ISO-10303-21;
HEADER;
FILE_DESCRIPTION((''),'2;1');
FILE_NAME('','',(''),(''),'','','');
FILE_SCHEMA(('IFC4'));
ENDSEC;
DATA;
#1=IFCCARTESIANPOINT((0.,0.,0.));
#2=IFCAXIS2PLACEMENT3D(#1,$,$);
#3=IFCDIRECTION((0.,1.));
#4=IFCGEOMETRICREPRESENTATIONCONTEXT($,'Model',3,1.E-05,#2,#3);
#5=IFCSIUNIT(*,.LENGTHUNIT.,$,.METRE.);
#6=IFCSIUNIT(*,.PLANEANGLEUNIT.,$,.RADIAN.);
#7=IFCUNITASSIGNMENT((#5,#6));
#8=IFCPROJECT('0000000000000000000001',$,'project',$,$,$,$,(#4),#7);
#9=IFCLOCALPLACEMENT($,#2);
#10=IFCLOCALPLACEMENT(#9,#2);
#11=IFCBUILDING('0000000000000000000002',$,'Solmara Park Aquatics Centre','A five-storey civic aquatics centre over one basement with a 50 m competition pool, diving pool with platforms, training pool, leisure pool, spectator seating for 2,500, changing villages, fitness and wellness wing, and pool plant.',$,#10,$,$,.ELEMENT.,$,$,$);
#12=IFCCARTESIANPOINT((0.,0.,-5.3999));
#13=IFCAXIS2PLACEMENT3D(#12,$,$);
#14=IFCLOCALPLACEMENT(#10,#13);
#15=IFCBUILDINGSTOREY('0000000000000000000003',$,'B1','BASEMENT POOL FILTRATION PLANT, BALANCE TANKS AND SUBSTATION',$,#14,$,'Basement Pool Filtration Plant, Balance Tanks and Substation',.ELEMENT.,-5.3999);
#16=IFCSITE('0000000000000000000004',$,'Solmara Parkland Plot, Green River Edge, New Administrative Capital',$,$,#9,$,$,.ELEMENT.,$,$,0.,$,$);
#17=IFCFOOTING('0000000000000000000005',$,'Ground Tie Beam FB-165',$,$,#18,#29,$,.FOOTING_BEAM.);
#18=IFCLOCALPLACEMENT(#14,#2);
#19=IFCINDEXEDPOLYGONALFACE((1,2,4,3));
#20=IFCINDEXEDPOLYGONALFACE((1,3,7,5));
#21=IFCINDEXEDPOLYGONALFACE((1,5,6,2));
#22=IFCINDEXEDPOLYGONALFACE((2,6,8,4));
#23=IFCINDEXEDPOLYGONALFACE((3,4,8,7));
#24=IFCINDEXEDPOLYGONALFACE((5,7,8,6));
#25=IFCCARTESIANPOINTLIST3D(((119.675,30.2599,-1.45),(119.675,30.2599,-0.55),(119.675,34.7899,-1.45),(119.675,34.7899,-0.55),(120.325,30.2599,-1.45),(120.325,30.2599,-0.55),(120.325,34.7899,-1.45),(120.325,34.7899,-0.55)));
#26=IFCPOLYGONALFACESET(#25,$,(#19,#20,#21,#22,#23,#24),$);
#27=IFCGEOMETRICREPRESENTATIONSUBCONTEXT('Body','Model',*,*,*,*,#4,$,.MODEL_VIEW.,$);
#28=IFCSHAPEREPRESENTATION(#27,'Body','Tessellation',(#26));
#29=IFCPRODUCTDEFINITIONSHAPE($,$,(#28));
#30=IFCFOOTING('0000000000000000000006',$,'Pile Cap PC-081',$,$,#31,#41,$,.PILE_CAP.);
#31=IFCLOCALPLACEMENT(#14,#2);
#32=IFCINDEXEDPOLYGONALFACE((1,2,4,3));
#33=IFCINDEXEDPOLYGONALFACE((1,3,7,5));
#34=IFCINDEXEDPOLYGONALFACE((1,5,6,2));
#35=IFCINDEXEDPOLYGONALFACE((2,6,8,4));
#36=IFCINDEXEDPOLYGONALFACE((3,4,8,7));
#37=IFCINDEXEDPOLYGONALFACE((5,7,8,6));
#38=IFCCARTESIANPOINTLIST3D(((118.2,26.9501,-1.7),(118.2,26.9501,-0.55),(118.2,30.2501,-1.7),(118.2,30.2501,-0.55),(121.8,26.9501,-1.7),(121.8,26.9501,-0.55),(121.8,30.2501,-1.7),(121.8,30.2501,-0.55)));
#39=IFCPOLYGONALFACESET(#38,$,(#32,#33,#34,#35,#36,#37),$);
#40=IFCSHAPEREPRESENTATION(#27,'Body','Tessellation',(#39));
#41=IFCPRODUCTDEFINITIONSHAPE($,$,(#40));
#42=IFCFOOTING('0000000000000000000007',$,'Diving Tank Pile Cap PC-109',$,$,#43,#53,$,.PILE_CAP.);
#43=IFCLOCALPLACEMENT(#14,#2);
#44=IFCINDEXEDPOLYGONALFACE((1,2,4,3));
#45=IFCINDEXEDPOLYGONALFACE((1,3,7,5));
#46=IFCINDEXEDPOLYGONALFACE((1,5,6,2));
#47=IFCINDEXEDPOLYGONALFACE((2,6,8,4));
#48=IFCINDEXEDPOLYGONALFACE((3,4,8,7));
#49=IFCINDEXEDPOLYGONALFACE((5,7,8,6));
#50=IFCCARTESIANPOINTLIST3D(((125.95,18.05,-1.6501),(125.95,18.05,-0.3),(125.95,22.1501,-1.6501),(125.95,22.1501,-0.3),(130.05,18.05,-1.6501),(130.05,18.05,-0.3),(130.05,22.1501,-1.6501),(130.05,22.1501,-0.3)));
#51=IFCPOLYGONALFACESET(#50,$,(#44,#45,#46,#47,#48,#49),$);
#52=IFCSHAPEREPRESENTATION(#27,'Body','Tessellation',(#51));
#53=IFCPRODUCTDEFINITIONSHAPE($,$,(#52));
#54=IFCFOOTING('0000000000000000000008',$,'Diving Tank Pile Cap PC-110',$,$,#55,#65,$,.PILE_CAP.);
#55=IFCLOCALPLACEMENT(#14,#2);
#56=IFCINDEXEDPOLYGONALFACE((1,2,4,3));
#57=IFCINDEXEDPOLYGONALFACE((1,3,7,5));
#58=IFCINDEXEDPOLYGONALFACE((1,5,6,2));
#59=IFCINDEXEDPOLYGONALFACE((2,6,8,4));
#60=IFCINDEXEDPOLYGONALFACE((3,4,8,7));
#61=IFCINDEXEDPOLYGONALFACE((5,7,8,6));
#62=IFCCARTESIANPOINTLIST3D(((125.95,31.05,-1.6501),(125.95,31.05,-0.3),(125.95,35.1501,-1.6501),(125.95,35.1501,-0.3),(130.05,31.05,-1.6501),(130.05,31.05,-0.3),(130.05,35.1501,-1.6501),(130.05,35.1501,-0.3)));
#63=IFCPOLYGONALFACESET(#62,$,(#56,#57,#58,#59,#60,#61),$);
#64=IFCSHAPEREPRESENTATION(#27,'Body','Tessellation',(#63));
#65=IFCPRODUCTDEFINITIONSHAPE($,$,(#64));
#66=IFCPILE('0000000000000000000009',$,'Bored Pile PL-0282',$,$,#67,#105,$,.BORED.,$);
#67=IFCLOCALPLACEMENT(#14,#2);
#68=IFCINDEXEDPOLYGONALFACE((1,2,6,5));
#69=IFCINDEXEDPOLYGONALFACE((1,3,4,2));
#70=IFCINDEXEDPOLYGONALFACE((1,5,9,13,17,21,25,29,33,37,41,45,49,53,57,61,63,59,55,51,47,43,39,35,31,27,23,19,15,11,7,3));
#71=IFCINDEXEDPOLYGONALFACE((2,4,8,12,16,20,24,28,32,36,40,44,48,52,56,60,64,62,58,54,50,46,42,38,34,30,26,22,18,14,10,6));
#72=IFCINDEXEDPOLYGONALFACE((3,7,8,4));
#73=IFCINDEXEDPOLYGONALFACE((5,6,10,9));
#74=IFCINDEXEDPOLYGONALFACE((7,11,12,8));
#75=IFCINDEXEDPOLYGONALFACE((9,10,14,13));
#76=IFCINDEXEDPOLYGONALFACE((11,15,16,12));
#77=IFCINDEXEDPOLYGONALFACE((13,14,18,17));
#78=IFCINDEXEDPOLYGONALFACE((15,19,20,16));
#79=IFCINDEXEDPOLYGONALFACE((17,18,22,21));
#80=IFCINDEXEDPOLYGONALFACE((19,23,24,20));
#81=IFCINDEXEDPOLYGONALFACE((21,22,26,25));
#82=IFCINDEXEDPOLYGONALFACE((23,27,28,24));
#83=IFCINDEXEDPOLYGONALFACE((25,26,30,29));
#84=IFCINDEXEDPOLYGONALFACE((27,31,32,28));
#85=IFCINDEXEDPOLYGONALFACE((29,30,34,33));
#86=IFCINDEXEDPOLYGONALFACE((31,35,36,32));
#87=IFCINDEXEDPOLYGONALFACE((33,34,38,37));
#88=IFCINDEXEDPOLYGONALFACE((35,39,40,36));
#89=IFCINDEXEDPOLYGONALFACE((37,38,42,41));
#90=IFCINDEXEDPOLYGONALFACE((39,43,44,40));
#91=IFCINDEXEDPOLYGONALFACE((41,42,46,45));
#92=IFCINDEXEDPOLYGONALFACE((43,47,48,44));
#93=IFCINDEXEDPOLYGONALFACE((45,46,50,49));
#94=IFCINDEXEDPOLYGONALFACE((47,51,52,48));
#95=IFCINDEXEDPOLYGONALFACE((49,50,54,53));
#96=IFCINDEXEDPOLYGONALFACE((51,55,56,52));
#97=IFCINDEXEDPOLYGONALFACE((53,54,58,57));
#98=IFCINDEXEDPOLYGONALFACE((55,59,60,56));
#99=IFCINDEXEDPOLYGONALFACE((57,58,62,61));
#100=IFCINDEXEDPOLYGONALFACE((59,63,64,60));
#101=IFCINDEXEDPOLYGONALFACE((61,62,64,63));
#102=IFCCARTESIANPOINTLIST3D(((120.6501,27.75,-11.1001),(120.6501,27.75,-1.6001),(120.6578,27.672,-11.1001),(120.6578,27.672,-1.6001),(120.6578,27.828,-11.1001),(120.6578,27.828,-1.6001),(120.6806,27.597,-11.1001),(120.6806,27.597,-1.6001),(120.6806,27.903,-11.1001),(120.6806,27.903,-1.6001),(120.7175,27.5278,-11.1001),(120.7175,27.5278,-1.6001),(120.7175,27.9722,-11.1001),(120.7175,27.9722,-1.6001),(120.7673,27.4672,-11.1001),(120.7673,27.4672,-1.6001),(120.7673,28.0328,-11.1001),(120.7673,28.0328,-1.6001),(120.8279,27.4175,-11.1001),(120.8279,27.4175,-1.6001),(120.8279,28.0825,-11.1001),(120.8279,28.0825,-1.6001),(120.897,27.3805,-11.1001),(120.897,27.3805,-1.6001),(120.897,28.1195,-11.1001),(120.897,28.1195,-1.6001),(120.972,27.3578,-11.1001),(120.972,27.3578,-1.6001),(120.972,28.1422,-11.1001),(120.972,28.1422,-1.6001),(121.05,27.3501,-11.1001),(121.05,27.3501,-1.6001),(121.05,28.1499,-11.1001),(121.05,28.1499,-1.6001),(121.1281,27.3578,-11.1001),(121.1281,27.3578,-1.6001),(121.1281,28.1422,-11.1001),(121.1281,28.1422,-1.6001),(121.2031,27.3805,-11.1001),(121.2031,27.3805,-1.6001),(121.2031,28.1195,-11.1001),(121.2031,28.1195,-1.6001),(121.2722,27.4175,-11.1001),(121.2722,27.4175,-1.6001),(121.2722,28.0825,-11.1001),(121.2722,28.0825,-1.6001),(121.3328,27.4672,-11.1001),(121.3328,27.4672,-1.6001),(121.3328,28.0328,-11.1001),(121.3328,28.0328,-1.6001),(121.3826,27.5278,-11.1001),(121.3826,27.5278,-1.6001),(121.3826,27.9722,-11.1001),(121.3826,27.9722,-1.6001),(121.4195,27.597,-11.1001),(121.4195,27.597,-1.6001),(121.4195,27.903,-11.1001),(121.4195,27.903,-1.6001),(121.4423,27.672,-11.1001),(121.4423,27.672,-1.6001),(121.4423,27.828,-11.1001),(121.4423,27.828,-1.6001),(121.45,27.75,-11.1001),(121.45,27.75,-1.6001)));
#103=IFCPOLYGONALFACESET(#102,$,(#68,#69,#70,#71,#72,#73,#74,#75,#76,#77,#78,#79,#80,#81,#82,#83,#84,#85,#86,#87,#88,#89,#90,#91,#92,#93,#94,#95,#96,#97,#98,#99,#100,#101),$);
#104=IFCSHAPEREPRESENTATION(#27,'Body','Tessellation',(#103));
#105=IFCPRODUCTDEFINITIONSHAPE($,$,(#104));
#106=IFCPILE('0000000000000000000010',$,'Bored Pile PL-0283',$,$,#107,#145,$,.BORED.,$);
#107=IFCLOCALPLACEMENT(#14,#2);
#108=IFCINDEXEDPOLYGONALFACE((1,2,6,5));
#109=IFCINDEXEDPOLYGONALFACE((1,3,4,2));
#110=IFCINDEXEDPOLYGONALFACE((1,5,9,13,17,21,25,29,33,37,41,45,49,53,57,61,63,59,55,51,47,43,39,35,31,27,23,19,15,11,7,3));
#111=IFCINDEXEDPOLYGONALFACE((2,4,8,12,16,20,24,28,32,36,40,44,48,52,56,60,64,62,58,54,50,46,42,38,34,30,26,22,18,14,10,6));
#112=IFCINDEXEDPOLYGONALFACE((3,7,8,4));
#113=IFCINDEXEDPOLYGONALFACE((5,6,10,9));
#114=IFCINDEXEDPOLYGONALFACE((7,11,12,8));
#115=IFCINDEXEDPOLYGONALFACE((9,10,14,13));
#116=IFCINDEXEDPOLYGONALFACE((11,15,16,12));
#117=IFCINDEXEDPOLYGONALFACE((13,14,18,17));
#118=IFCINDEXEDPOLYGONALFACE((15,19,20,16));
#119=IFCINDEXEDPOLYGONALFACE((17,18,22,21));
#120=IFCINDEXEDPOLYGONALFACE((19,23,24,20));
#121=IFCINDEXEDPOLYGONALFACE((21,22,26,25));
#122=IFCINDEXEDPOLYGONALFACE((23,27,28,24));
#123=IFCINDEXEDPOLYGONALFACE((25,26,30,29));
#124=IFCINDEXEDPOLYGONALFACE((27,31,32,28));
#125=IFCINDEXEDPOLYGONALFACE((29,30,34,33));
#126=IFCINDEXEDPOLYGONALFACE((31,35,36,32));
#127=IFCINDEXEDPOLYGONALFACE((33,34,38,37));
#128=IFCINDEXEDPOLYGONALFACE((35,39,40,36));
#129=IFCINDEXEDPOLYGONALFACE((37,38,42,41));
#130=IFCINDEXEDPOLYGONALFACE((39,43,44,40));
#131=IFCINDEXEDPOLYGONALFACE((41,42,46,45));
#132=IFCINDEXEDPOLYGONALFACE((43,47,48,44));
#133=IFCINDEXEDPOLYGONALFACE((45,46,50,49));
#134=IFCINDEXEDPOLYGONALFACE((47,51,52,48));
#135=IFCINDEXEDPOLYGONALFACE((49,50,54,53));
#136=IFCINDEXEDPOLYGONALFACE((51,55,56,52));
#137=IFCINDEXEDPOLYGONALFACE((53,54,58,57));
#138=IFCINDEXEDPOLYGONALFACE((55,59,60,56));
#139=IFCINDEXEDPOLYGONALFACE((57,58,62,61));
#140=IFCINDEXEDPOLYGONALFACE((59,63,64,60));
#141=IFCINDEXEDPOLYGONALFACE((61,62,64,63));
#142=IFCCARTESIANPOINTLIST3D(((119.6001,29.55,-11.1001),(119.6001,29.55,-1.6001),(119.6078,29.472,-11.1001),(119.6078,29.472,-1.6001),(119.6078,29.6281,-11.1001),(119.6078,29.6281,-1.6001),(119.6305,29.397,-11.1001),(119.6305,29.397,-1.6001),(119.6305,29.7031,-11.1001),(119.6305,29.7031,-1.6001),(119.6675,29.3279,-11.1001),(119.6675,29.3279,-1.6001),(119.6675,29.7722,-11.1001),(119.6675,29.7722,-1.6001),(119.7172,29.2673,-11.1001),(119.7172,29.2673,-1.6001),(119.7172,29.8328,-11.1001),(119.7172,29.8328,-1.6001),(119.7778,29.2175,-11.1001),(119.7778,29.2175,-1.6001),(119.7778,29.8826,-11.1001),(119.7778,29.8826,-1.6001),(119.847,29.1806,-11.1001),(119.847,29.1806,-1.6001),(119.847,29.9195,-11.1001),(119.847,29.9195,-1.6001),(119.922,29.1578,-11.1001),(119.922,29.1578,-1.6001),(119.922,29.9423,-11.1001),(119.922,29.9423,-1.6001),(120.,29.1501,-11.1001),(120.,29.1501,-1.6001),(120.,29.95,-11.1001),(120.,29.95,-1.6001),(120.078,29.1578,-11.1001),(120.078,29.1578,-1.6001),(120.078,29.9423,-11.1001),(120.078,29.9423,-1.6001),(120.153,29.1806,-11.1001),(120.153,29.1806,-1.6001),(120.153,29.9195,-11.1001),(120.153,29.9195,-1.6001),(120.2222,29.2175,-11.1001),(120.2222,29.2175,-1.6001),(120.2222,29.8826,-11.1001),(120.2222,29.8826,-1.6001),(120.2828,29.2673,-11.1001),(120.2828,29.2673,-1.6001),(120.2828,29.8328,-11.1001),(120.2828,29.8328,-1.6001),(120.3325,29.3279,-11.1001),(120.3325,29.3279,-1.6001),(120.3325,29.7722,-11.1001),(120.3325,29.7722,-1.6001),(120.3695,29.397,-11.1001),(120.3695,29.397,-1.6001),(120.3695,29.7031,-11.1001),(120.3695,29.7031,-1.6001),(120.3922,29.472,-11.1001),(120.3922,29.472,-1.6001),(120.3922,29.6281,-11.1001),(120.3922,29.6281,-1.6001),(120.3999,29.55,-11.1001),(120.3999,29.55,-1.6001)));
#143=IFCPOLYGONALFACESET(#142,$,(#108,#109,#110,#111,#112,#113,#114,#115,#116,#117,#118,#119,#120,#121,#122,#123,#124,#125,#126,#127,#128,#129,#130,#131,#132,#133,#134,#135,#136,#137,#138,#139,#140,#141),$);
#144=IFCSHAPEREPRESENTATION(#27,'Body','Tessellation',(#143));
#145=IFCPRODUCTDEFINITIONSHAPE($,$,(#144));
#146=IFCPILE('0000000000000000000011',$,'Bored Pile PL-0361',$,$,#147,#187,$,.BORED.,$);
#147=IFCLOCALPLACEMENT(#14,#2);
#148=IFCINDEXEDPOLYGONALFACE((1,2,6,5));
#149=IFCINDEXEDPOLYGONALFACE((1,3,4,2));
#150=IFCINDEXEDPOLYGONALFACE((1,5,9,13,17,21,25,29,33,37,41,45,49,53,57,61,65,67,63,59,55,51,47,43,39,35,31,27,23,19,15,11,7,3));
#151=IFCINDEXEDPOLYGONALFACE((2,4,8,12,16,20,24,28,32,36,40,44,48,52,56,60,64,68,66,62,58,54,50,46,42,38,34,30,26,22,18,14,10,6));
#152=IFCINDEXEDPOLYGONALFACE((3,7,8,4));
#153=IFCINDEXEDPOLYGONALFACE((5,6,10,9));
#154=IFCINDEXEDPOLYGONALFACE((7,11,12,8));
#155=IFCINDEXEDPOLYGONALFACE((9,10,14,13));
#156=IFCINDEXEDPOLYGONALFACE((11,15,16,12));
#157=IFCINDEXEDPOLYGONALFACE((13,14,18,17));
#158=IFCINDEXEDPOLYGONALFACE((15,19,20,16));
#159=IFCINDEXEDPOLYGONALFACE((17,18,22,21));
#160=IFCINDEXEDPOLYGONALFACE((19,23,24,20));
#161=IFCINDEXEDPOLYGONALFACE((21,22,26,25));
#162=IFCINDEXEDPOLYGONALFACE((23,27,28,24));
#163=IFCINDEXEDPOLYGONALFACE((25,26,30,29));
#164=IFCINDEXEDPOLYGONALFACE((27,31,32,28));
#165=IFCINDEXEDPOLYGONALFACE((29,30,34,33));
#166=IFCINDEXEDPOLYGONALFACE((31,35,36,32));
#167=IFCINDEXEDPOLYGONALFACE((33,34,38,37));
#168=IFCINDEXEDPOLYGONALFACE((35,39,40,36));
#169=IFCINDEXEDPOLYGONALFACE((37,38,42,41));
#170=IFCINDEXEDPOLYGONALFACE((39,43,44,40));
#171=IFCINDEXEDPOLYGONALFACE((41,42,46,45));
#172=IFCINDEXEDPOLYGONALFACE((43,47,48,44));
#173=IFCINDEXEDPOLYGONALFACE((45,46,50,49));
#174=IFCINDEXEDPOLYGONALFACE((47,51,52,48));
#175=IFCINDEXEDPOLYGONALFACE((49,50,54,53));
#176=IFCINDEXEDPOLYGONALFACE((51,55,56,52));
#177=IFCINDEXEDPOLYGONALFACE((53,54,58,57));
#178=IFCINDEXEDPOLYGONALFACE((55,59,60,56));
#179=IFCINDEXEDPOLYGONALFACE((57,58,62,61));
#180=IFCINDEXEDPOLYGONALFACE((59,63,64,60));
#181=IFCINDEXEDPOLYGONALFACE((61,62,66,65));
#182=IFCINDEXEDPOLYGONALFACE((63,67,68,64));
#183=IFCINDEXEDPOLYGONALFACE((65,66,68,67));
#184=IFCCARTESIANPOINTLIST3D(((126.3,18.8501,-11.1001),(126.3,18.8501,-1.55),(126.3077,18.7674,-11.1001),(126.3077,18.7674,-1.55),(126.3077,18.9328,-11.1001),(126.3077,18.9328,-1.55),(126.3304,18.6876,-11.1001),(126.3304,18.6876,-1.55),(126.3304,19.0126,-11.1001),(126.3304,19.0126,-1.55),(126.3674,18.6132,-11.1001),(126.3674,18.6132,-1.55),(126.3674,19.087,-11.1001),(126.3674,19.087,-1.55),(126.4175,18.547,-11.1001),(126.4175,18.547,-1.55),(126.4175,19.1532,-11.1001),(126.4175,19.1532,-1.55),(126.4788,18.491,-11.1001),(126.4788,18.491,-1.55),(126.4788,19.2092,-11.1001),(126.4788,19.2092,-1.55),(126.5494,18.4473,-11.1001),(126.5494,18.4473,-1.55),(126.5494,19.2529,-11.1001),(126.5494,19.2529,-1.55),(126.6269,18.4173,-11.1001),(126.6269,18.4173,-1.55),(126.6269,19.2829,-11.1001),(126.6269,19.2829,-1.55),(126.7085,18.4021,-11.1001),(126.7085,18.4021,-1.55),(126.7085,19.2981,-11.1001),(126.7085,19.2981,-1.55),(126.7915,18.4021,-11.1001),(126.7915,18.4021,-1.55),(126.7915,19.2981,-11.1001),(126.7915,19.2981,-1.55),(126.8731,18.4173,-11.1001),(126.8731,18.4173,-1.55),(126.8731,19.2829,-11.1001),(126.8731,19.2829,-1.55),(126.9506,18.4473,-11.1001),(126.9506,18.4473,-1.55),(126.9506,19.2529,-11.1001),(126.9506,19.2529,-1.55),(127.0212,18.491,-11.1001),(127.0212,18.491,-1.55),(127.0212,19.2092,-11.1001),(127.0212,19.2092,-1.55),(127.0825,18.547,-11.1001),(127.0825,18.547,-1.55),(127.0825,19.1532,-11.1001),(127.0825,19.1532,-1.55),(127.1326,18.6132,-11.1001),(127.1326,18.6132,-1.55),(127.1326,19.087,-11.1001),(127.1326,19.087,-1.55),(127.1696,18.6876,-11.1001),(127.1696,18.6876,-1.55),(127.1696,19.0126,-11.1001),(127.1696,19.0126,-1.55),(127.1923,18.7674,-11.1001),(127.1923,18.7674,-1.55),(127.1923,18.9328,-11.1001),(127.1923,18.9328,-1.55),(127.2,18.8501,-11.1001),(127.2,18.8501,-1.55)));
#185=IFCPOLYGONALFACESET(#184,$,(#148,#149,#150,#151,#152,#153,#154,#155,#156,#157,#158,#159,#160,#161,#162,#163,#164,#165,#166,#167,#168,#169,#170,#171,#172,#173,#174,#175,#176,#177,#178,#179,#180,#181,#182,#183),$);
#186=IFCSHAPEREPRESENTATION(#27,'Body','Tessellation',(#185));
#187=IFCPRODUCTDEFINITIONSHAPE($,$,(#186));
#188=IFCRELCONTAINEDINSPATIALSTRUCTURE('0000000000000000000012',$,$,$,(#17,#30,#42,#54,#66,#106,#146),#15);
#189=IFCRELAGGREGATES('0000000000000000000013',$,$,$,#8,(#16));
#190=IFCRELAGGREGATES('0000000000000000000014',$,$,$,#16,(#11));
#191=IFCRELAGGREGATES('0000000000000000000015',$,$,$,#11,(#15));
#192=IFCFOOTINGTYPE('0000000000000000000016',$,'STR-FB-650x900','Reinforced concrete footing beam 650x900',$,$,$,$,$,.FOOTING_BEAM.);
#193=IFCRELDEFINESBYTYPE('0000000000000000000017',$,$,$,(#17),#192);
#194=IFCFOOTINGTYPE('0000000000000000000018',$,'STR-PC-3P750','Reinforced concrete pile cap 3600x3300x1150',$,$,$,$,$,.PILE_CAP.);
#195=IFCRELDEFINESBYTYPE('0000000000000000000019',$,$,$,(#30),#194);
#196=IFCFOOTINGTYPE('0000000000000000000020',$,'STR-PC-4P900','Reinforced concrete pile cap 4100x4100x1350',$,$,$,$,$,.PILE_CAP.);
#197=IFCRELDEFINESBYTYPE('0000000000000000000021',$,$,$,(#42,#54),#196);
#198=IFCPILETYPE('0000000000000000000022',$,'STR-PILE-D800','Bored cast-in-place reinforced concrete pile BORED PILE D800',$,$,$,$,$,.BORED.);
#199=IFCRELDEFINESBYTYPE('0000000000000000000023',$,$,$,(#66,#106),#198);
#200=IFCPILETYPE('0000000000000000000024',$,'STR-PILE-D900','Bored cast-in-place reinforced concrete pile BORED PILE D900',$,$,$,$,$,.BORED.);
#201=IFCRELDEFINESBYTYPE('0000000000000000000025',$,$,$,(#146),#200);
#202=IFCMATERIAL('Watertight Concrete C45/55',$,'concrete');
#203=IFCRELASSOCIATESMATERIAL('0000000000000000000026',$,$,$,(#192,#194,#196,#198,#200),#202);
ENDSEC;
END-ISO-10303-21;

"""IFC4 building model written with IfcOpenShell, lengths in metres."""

from ifc_helpers import new_model, si_unit, direction, frame, origin, origin_2d, place, context, subcontext, project, spatial, rectangle, circle, extrude, material, material_profile, profile_set, type_object, element, save


model = new_model("IFC4")

# Units and contexts
model_context = context("Model", 3, precision=1e-05, world=origin(), true_north=direction((0.0, 1.0)))
body_context = subcontext(model_context, "Body", "Model", "MODEL_VIEW")
ifc_project = project(units=[si_unit("LENGTHUNIT", "METRE"), si_unit("PLANEANGLEUNIT", "RADIAN")], contexts=[model_context])

# Site, building, storey
site_placement = place(None, origin())
site = spatial("IfcSite", under=ifc_project, at=site_placement, Name="Solmara Parkland Plot, Green River Edge, New Administrative Capital", CompositionType="ELEMENT", RefElevation=0.0)
building_placement = place(site_placement, origin())
building = spatial("IfcBuilding", under=site, at=building_placement, Name="Solmara Park Aquatics Centre", Description="A five-storey civic aquatics centre over one basement with a 50 m competition pool, diving pool with platforms, training pool, leisure pool, spectator seating for 2,500, changing villages, fitness and wellness wing, and pool plant.", CompositionType="ELEMENT")
storey_placement = place(building_placement, frame((0.0, 0.0, -5.3999)))
storey = spatial("IfcBuildingStorey", under=building, at=storey_placement, Name="B1", Description="BASEMENT POOL FILTRATION PLANT, BALANCE TANKS AND SUBSTATION", LongName="Basement Pool Filtration Plant, Balance Tanks and Substation", CompositionType="ELEMENT", Elevation=-5.3999)

# Footings
ifc_material_1 = material(Name="Watertight Concrete C45/55", Category="concrete")
footing_type_1 = type_object("IfcFootingType", Name="STR-FB-650x900", Description="Reinforced concrete footing beam 650x900", PredefinedType="FOOTING_BEAM", material=ifc_material_1)
footing_1_placement = place(storey_placement, frame((120.0, 32.5249, -1.45), z_axis=(0.0, 0.0, 1.0), x_axis=(1.0, 0.0, 0.0)))
element("IfcFooting", 1, at=footing_1_placement, inside=storey, type_object=footing_type_1, Name="Ground Tie Beam FB-165", PredefinedType="FOOTING_BEAM", context=body_context, shape_type="SweptSolid", body=[
    extrude(rectangle(XDim=0.6499, YDim=4.53, at=origin_2d()), origin(), (0.0, 0.0, 1.0), 0.8999),
])
footing_type_2 = type_object("IfcFootingType", Name="STR-PC-3P750", Description="Reinforced concrete pile cap 3600x3300x1150", PredefinedType="PILE_CAP", material=ifc_material_1)
footing_2_placement = place(storey_placement, frame((120.0, 28.6001, -1.7), z_axis=(0.0, 0.0, 1.0), x_axis=(1.0, 0.0, 0.0)))
element("IfcFooting", 2, at=footing_2_placement, inside=storey, type_object=footing_type_2, Name="Pile Cap PC-081", PredefinedType="PILE_CAP", context=body_context, shape_type="SweptSolid", body=[
    extrude(rectangle(XDim=3.6001, YDim=3.3, at=origin_2d()), origin(), (0.0, 0.0, 1.0), 1.1499),
])
footing_type_3 = type_object("IfcFootingType", Name="STR-PC-4P900", Description="Reinforced concrete pile cap 4100x4100x1350", PredefinedType="PILE_CAP", material=ifc_material_1)
for number, where, z_axis, x_axis, name in (
    (3, (128.0, 20.1001, -1.6501), (0.0, 0.0, 1.0), (1.0, 0.0, 0.0), "Diving Tank Pile Cap PC-109"),
    (4, (128.0, 33.1001, -1.6501), (0.0, 0.0, 1.0), (1.0, 0.0, 0.0), "Diving Tank Pile Cap PC-110"),
):
    element("IfcFooting", number, at=place(storey_placement, frame(where, z_axis=z_axis, x_axis=x_axis)), inside=storey, type_object=footing_type_3, Name=name, PredefinedType="PILE_CAP", context=body_context, shape_type="SweptSolid", body=[
        extrude(rectangle(XDim=4.1001, YDim=4.1001, at=origin_2d()), origin(), (0.0, 0.0, 1.0), 1.3501),
    ])

# Piles
ifc_material_profile_1 = material_profile(ifc_material_1, circle(Radius=0.3999, at=origin_2d()), Name="BORED PILE D800")
ifc_profile_set_1 = profile_set([ifc_material_profile_1], Name="Watertight Concrete C45/55")
pile_type_1 = type_object("IfcPileType", Name="STR-PILE-D800", Description="Bored cast-in-place reinforced concrete pile BORED PILE D800", PredefinedType="BORED", material=ifc_profile_set_1)
for number, where, z_axis, x_axis, name in (
    (5, (121.05, 27.75, -1.6001), (0.0, 0.0, -1.0), (1.0, 0.0, 0.0), "Bored Pile PL-0282"),
    (6, (120.0, 29.55, -1.6001), (0.0, 0.0, -1.0), (1.0, 0.0, 0.0), "Bored Pile PL-0283"),
):
    element("IfcPile", number, at=place(storey_placement, frame(where, z_axis=z_axis, x_axis=x_axis)), inside=storey, type_object=pile_type_1, Name=name, PredefinedType="BORED", context=body_context, shape_type="SweptSolid", body=[
        extrude(circle(Radius=0.3999, at=origin_2d()), origin(), (0.0, 0.0, 1.0), 9.5),
    ])
ifc_material_profile_2 = material_profile(ifc_material_1, circle(Radius=0.45, at=origin_2d()), Name="BORED PILE D900")
ifc_profile_set_2 = profile_set([ifc_material_profile_2], Name="Watertight Concrete C45/55")
pile_type_2 = type_object("IfcPileType", Name="STR-PILE-D900", Description="Bored cast-in-place reinforced concrete pile BORED PILE D900", PredefinedType="BORED", material=ifc_profile_set_2)
for number, where, z_axis, x_axis, name in (
    (7, (126.75, 18.8501, -1.55), (0.0, 0.0, -1.0), (1.0, 0.0, 0.0), "Bored Pile PL-0361"),
):
    element("IfcPile", number, at=place(storey_placement, frame(where, z_axis=z_axis, x_axis=x_axis)), inside=storey, type_object=pile_type_2, Name=name, PredefinedType="BORED", context=body_context, shape_type="SweptSolid", body=[
        extrude(circle(Radius=0.45, at=origin_2d()), origin(), (0.0, 0.0, 1.0), 9.55),
    ])

save(model, "model.ifc")
